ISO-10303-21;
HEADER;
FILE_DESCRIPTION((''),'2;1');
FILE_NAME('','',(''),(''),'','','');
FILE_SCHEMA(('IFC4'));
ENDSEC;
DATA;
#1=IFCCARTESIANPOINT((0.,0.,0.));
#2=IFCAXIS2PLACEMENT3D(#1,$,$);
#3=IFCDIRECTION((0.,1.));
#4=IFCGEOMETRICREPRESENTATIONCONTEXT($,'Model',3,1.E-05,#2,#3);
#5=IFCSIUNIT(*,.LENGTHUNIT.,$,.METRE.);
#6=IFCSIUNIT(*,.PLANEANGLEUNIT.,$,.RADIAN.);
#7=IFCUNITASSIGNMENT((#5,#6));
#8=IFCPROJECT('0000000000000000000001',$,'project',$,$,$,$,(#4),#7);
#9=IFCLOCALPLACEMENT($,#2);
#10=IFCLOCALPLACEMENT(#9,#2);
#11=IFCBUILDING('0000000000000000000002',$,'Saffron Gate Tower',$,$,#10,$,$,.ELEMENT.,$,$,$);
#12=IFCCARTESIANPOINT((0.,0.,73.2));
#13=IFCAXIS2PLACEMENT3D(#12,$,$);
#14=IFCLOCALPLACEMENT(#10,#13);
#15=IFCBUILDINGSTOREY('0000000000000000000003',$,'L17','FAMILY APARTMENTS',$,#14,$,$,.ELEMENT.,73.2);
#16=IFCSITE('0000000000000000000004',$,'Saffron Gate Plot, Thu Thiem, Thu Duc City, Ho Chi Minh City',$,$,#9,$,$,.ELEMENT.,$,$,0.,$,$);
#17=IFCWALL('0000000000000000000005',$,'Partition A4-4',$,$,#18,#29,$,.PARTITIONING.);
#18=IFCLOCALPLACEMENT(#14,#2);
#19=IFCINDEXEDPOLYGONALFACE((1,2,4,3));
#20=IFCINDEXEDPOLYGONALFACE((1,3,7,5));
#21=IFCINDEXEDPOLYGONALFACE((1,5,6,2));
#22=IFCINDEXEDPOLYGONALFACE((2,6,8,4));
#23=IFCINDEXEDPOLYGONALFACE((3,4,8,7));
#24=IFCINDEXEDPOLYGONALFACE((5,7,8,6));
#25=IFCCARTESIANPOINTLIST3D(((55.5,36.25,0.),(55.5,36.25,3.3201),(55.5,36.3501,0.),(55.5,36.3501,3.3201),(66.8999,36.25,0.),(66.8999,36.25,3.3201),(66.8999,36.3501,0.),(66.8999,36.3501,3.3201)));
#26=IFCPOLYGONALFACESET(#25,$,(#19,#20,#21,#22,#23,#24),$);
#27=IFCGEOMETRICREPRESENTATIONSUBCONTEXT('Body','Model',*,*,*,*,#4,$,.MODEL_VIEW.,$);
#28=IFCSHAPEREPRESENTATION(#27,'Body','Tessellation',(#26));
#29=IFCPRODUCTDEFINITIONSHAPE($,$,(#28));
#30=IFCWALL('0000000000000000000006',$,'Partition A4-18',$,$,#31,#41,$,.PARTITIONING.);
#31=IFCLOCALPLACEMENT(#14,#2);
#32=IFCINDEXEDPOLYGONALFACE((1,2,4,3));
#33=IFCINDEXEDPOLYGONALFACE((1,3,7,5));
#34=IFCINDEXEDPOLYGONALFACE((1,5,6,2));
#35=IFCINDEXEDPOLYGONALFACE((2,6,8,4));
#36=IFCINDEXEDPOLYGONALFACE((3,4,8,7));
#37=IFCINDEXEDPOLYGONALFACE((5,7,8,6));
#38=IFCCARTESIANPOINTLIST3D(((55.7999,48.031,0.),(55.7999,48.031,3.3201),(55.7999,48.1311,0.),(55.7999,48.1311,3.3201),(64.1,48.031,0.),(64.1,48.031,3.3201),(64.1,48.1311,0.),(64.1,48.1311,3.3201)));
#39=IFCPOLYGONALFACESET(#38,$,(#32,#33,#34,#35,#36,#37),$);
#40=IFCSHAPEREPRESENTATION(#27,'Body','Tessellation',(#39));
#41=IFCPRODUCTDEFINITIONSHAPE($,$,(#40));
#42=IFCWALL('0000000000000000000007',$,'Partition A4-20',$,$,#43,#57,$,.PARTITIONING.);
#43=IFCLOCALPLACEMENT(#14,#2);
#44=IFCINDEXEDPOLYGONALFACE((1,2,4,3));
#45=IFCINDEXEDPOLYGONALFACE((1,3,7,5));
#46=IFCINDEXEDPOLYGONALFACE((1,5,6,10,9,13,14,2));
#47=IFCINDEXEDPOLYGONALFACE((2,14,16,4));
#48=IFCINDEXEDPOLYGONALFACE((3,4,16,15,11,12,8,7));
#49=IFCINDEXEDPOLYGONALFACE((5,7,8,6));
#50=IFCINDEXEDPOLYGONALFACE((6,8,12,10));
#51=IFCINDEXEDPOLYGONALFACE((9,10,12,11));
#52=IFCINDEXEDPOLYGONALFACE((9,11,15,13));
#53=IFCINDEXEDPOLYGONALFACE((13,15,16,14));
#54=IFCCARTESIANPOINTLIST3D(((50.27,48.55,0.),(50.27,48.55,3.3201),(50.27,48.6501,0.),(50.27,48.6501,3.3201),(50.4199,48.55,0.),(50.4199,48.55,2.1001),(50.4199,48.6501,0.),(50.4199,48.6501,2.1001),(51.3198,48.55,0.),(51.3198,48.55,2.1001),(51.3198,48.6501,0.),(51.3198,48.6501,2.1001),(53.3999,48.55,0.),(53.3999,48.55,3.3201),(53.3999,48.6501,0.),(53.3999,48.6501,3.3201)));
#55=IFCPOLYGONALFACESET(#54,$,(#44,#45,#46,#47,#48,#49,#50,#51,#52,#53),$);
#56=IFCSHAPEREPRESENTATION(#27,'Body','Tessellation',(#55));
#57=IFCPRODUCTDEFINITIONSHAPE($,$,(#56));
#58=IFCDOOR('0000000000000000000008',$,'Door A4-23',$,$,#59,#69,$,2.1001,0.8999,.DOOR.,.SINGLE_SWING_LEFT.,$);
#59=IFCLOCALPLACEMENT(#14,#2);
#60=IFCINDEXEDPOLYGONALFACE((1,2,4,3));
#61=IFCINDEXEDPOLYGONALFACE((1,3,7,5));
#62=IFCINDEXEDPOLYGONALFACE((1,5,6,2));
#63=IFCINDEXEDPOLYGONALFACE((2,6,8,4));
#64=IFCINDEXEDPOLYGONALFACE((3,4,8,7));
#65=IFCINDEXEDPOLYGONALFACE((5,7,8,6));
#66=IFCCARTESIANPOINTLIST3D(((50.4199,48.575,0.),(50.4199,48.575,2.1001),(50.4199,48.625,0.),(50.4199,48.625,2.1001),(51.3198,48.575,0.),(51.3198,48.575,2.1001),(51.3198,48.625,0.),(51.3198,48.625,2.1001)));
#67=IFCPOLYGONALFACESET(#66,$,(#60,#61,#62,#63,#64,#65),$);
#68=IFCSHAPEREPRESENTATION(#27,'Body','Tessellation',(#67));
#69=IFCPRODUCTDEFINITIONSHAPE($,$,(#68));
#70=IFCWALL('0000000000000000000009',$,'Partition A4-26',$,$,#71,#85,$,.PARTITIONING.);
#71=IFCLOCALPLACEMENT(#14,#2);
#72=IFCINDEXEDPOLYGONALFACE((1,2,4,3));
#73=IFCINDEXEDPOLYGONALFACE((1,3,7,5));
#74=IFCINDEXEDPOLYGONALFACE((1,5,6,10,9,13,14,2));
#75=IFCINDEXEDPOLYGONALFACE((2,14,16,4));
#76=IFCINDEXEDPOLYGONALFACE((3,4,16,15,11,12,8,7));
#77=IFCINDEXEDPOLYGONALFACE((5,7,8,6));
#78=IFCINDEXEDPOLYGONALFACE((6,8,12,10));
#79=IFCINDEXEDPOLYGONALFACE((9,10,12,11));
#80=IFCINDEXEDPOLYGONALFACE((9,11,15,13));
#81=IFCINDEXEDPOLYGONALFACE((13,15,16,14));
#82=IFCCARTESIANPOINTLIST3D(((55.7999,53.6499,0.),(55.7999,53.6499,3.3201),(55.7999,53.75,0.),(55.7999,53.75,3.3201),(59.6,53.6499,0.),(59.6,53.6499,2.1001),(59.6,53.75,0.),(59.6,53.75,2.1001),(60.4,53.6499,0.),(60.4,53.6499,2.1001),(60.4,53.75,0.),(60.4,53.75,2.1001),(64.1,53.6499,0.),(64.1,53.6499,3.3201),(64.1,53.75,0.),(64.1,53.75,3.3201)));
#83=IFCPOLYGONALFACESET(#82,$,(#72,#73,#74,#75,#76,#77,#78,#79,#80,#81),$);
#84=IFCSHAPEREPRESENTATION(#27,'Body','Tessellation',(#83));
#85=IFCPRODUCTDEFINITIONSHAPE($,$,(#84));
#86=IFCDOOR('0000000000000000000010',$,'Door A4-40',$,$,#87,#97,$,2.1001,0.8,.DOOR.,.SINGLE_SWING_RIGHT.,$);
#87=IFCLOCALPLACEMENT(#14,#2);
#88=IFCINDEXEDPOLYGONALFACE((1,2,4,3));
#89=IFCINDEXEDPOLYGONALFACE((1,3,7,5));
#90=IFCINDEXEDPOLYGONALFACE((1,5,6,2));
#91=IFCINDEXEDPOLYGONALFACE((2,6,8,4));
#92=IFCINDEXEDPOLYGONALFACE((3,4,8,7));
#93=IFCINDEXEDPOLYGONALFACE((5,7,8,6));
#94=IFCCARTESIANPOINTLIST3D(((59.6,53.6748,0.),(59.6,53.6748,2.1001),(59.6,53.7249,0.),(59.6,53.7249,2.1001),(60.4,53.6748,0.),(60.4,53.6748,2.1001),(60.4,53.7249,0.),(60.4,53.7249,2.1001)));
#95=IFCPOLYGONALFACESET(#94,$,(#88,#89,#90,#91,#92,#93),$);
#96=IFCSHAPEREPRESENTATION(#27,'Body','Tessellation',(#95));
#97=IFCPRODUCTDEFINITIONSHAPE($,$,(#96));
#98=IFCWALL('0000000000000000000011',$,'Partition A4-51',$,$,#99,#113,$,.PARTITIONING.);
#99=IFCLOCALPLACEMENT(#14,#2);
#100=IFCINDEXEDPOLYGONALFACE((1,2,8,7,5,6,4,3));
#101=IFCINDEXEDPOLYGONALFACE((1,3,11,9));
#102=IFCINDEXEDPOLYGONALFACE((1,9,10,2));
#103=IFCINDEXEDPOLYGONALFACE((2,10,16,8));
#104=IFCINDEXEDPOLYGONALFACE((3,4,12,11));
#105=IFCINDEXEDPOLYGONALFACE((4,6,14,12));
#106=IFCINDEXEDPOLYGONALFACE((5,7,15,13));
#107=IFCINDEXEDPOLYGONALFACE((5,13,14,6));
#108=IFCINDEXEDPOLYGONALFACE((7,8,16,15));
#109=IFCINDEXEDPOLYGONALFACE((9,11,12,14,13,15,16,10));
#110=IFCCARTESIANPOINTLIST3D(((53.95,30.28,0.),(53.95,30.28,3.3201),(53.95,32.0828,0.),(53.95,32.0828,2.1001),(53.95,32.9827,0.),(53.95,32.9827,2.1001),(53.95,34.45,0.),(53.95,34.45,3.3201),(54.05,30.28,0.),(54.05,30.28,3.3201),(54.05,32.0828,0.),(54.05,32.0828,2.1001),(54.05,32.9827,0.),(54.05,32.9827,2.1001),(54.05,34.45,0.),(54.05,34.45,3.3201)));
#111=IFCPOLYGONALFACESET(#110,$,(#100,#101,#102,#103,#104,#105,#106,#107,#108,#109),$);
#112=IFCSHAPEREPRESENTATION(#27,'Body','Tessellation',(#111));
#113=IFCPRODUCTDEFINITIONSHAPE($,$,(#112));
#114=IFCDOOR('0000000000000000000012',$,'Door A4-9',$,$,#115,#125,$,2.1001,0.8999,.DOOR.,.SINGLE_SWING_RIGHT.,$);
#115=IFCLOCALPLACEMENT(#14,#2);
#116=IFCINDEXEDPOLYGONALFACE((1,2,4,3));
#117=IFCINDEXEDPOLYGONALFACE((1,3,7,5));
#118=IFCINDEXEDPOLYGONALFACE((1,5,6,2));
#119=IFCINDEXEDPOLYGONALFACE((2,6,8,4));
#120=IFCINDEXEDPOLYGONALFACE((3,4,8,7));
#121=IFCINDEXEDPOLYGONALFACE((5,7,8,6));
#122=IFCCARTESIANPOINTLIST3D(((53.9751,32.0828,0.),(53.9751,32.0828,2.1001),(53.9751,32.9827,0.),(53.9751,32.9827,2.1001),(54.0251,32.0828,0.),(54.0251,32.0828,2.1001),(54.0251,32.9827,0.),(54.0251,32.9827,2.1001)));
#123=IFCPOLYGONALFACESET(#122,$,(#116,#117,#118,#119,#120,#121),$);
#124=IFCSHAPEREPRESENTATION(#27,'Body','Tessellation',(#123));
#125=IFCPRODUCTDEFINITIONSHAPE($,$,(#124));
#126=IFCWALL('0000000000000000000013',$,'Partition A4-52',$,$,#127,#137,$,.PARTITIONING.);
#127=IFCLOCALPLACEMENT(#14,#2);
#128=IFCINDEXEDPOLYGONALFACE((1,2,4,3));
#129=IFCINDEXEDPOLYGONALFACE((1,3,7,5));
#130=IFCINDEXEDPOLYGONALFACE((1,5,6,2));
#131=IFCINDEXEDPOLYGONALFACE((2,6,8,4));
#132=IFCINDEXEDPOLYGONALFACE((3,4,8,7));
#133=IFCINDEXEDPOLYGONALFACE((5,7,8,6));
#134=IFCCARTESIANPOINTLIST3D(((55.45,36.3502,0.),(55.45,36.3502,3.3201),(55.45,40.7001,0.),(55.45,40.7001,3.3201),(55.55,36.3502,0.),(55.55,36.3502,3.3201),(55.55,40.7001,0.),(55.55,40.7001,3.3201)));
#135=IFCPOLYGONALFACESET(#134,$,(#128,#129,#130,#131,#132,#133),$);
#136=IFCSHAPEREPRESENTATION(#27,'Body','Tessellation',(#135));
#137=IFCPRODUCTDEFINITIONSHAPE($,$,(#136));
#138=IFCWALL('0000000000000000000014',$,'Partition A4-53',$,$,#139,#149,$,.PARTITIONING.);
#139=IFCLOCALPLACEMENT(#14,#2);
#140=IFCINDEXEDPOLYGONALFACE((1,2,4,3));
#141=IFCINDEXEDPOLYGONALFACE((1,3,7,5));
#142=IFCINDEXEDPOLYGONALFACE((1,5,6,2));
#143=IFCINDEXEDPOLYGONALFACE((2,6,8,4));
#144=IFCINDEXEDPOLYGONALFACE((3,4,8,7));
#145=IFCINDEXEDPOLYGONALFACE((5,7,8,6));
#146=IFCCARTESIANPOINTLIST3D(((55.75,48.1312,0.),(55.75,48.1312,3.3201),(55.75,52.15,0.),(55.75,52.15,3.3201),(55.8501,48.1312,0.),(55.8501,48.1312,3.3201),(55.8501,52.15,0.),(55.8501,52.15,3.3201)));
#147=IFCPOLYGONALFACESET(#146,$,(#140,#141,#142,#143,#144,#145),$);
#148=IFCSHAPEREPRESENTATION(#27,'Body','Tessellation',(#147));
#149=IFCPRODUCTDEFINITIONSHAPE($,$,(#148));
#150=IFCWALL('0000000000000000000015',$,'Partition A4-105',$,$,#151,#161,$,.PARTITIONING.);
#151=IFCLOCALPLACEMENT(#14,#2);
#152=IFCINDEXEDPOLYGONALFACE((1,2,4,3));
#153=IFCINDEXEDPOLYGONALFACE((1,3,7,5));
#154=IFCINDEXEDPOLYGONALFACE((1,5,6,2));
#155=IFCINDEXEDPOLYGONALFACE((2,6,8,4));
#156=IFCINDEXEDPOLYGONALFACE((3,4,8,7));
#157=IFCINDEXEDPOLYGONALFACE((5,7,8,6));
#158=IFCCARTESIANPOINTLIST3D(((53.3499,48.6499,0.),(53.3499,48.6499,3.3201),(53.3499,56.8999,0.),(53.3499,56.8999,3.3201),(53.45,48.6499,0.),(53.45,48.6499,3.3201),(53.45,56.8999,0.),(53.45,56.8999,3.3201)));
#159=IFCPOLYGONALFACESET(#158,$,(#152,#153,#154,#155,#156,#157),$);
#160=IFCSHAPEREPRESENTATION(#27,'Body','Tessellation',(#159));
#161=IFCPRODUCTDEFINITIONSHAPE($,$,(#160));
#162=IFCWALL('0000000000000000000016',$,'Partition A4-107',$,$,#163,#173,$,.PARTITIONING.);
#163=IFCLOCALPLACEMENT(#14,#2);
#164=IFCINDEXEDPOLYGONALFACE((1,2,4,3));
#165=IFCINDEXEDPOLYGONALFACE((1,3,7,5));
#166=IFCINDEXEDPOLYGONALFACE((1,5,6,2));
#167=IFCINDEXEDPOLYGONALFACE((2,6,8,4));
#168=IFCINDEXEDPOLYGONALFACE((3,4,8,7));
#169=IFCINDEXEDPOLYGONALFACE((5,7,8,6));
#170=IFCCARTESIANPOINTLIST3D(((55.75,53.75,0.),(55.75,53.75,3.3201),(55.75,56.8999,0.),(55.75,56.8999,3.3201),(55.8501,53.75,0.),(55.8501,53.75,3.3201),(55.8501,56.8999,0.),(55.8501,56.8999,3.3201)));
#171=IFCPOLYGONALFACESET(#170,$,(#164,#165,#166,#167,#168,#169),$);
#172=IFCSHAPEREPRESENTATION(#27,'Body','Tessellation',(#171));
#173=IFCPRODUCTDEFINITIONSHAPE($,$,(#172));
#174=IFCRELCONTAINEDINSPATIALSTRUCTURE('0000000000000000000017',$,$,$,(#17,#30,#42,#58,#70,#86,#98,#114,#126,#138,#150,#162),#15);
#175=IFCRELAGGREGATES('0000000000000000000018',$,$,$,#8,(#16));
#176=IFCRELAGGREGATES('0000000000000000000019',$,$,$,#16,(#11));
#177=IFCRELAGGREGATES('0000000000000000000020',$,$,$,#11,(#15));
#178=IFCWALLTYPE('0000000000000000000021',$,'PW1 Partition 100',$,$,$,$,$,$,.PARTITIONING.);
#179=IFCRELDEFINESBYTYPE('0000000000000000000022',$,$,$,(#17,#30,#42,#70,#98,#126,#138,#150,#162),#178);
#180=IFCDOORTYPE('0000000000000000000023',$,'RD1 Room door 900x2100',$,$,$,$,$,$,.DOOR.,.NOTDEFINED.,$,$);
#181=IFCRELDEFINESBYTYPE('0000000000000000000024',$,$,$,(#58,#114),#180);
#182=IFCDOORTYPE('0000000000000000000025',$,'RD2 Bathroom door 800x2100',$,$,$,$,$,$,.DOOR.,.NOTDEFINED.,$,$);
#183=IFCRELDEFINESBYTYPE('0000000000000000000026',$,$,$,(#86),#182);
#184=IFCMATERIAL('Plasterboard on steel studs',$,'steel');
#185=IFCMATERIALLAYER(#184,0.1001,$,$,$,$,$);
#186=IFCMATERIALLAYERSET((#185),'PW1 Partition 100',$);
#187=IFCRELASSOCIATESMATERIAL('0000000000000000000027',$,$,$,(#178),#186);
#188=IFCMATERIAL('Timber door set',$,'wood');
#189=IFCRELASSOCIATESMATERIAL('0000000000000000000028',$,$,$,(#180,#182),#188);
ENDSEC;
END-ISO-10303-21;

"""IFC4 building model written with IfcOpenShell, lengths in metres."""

from ifc_helpers import new_model, si_unit, direction, frame, frame_2d, origin, place, context, subcontext, project, spatial, rectangle, extrude, material, layer, layer_set, type_object, element, fill, save


model = new_model("IFC4")

# Units and contexts
model_context = context("Model", 3, precision=1e-05, world=origin(), true_north=direction((0.0, 1.0)))
body_context = subcontext(model_context, "Body", "Model", "MODEL_VIEW")
ifc_project = project(units=[si_unit("LENGTHUNIT", "METRE"), si_unit("PLANEANGLEUNIT", "RADIAN")], contexts=[model_context])

# Site, building, storey
site_placement = place(None, origin())
site = spatial("IfcSite", under=ifc_project, at=site_placement, Name="Saffron Gate Plot, Thu Thiem, Thu Duc City, Ho Chi Minh City", CompositionType="ELEMENT", RefElevation=0.0)
building_placement = place(site_placement, origin())
building = spatial("IfcBuilding", under=site, at=building_placement, Name="Saffron Gate Tower", CompositionType="ELEMENT")
storey_placement = place(building_placement, frame((0.0, 0.0, 73.2)))
storey = spatial("IfcBuildingStorey", under=building, at=storey_placement, Name="L17", Description="FAMILY APARTMENTS", CompositionType="ELEMENT", Elevation=73.2)

# Walls
ifc_material_1 = material(Name="Plasterboard on steel studs", Category="steel")
ifc_layer_1 = layer(ifc_material_1, 0.1001)
ifc_layer_set_1 = layer_set([ifc_layer_1], Name="PW1 Partition 100")
wall_type = type_object("IfcWallType", Name="PW1 Partition 100", PredefinedType="PARTITIONING", material=ifc_layer_set_1)
wall_1_placement = place(storey_placement, frame((55.5, 36.3, 0.0), z_axis=(0.0, 0.0, 1.0), x_axis=(1.0, 0.0, 0.0)))
element("IfcWall", 1, at=wall_1_placement, inside=storey, type_object=wall_type, Name="Partition A4-4", PredefinedType="PARTITIONING", context=body_context, shape_type="SweptSolid", body=[
    extrude(rectangle(XDim=11.3999, YDim=0.1001, at=frame_2d((5.7, 0.0))), origin(), (0.0, 0.0, 1.0), 3.3201),
])
wall_2_placement = place(storey_placement, frame((55.8, 48.0811, 0.0), z_axis=(0.0, 0.0, 1.0), x_axis=(1.0, 0.0, 0.0)))
element("IfcWall", 2, at=wall_2_placement, inside=storey, type_object=wall_type, Name="Partition A4-18", PredefinedType="PARTITIONING", context=body_context, shape_type="SweptSolid", body=[
    extrude(rectangle(XDim=8.3, YDim=0.1001, at=frame_2d((4.1499, 0.0))), origin(), (0.0, 0.0, 1.0), 3.3201),
])

# Walls, openings, doors
wall_3_placement = place(storey_placement, frame((50.27, 48.6001, 0.0), z_axis=(0.0, 0.0, 1.0), x_axis=(1.0, 0.0, 0.0)))
wall_3 = element("IfcWall", 3, at=wall_3_placement, inside=storey, type_object=wall_type, Name="Partition A4-20", PredefinedType="PARTITIONING", context=body_context, shape_type="SweptSolid", body=[
    extrude(rectangle(XDim=3.1299, YDim=0.1001, at=frame_2d((1.5649, 0.0))), origin(), (0.0, 0.0, 1.0), 3.3201),
])
opening_1_placement = place(wall_3_placement, frame((0.1499, 0.0, 0.0)))
opening_1 = element("IfcOpeningElement", 4, at=opening_1_placement, cuts=wall_3, PredefinedType="OPENING", context=body_context, shape_type="SweptSolid", body=[
    extrude(rectangle(XDim=0.8999, YDim=2.1001, at=frame_2d((0.45, 1.05))), frame((0.0, 0.0601, 0.0), z_axis=(0.0, -1.0, 0.0), x_axis=(1.0, 0.0, 0.0)), (0.0, 0.0, 1.0), 0.1201),
])
ifc_material_2 = material(Name="Timber door set", Category="wood")
door_type_1 = type_object("IfcDoorType", Name="RD1 Room door 900x2100", OperationType="NOTDEFINED", PredefinedType="DOOR", material=ifc_material_2)
door_1_placement = place(opening_1_placement, origin())
door_1 = element("IfcDoor", 5, at=door_1_placement, inside=storey, type_object=door_type_1, Name="Door A4-23", OperationType="SINGLE_SWING_LEFT", OverallHeight=2.1001, OverallWidth=0.8999, PredefinedType="DOOR", context=body_context, shape_type="SweptSolid", body=[
    extrude(rectangle(XDim=0.8999, YDim=2.1001, at=frame_2d((0.45, 1.05))), frame((0.0, 0.0249, 0.0), z_axis=(0.0, -1.0, 0.0), x_axis=(1.0, 0.0, 0.0)), (0.0, 0.0, 1.0), 0.05),
])
fill(opening_1, door_1)
wall_4_placement = place(storey_placement, frame((55.8, 53.7, 0.0), z_axis=(0.0, 0.0, 1.0), x_axis=(1.0, 0.0, 0.0)))
wall_4 = element("IfcWall", 6, at=wall_4_placement, inside=storey, type_object=wall_type, Name="Partition A4-26", PredefinedType="PARTITIONING", context=body_context, shape_type="SweptSolid", body=[
    extrude(rectangle(XDim=8.3, YDim=0.1001, at=frame_2d((4.1499, 0.0))), origin(), (0.0, 0.0, 1.0), 3.3201),
])
opening_2_placement = place(wall_4_placement, frame((3.8, 0.0, 0.0)))
opening_2 = element("IfcOpeningElement", 7, at=opening_2_placement, cuts=wall_4, PredefinedType="OPENING", context=body_context, shape_type="SweptSolid", body=[
    extrude(rectangle(XDim=0.8, YDim=2.1001, at=frame_2d((0.3999, 1.05))), frame((0.0, 0.0601, 0.0), z_axis=(0.0, -1.0, 0.0), x_axis=(1.0, 0.0, 0.0)), (0.0, 0.0, 1.0), 0.1201),
])
door_type_2 = type_object("IfcDoorType", Name="RD2 Bathroom door 800x2100", OperationType="NOTDEFINED", PredefinedType="DOOR", material=ifc_material_2)
door_2_placement = place(opening_2_placement, origin())
door_2 = element("IfcDoor", 8, at=door_2_placement, inside=storey, type_object=door_type_2, Name="Door A4-40", OperationType="SINGLE_SWING_RIGHT", OverallHeight=2.1001, OverallWidth=0.8, PredefinedType="DOOR", context=body_context, shape_type="SweptSolid", body=[
    extrude(rectangle(XDim=0.8, YDim=2.1001, at=frame_2d((0.3999, 1.05))), frame((0.0, 0.0249, 0.0), z_axis=(0.0, -1.0, 0.0), x_axis=(1.0, 0.0, 0.0)), (0.0, 0.0, 1.0), 0.05),
])
fill(opening_2, door_2)
wall_5_placement = place(storey_placement, frame((54.0, 30.28, 0.0), z_axis=(0.0, 0.0, 1.0), x_axis=(0.0, 1.0, 0.0)))
wall_5 = element("IfcWall", 9, at=wall_5_placement, inside=storey, type_object=wall_type, Name="Partition A4-51", PredefinedType="PARTITIONING", context=body_context, shape_type="SweptSolid", body=[
    extrude(rectangle(XDim=4.1699, YDim=0.1001, at=frame_2d((2.085, 0.0))), origin(), (0.0, 0.0, 1.0), 3.3201),
])
opening_3_placement = place(wall_5_placement, frame((1.8027, 0.0, 0.0)))
opening_3 = element("IfcOpeningElement", 10, at=opening_3_placement, cuts=wall_5, PredefinedType="OPENING", context=body_context, shape_type="SweptSolid", body=[
    extrude(rectangle(XDim=0.8999, YDim=2.1001, at=frame_2d((0.45, 1.05))), frame((0.0, 0.0601, 0.0), z_axis=(0.0, -1.0, 0.0), x_axis=(1.0, 0.0, 0.0)), (0.0, 0.0, 1.0), 0.1201),
])
door_3_placement = place(opening_3_placement, origin())
door_3 = element("IfcDoor", 11, at=door_3_placement, inside=storey, type_object=door_type_1, Name="Door A4-9", OperationType="SINGLE_SWING_RIGHT", OverallHeight=2.1001, OverallWidth=0.8999, PredefinedType="DOOR", context=body_context, shape_type="SweptSolid", body=[
    extrude(rectangle(XDim=0.8999, YDim=2.1001, at=frame_2d((0.45, 1.05))), frame((0.0, 0.0249, 0.0), z_axis=(0.0, -1.0, 0.0), x_axis=(1.0, 0.0, 0.0)), (0.0, 0.0, 1.0), 0.05),
])
fill(opening_3, door_3)

# Walls
wall_6_placement = place(storey_placement, frame((55.5, 40.7, 0.0), z_axis=(0.0, 0.0, 1.0), x_axis=(0.0, -1.0, 0.0)))
element("IfcWall", 12, at=wall_6_placement, inside=storey, type_object=wall_type, Name="Partition A4-52", PredefinedType="PARTITIONING", context=body_context, shape_type="SweptSolid", body=[
    extrude(rectangle(XDim=4.3499, YDim=0.1001, at=frame_2d((2.1748, 0.0))), origin(), (0.0, 0.0, 1.0), 3.3201),
])
wall_7_placement = place(storey_placement, frame((55.8, 52.1499, 0.0), z_axis=(0.0, 0.0, 1.0), x_axis=(0.0, -1.0, 0.0)))
element("IfcWall", 13, at=wall_7_placement, inside=storey, type_object=wall_type, Name="Partition A4-53", PredefinedType="PARTITIONING", context=body_context, shape_type="SweptSolid", body=[
    extrude(rectangle(XDim=4.0188, YDim=0.1001, at=frame_2d((2.0093, 0.0))), origin(), (0.0, 0.0, 1.0), 3.3201),
])
wall_8_placement = place(storey_placement, frame((53.3999, 56.8999, 0.0), z_axis=(0.0, 0.0, 1.0), x_axis=(0.0, -1.0, 0.0)))
element("IfcWall", 14, at=wall_8_placement, inside=storey, type_object=wall_type, Name="Partition A4-105", PredefinedType="PARTITIONING", context=body_context, shape_type="SweptSolid", body=[
    extrude(rectangle(XDim=8.25, YDim=0.1001, at=frame_2d((4.125, 0.0))), origin(), (0.0, 0.0, 1.0), 3.3201),
])
wall_9_placement = place(storey_placement, frame((55.8, 56.8999, 0.0), z_axis=(0.0, 0.0, 1.0), x_axis=(0.0, -1.0, 0.0)))
element("IfcWall", 15, at=wall_9_placement, inside=storey, type_object=wall_type, Name="Partition A4-107", PredefinedType="PARTITIONING", context=body_context, shape_type="SweptSolid", body=[
    extrude(rectangle(XDim=3.1499, YDim=0.1001, at=frame_2d((1.575, 0.0))), origin(), (0.0, 0.0, 1.0), 3.3201),
])

save(model, "model.ifc")
